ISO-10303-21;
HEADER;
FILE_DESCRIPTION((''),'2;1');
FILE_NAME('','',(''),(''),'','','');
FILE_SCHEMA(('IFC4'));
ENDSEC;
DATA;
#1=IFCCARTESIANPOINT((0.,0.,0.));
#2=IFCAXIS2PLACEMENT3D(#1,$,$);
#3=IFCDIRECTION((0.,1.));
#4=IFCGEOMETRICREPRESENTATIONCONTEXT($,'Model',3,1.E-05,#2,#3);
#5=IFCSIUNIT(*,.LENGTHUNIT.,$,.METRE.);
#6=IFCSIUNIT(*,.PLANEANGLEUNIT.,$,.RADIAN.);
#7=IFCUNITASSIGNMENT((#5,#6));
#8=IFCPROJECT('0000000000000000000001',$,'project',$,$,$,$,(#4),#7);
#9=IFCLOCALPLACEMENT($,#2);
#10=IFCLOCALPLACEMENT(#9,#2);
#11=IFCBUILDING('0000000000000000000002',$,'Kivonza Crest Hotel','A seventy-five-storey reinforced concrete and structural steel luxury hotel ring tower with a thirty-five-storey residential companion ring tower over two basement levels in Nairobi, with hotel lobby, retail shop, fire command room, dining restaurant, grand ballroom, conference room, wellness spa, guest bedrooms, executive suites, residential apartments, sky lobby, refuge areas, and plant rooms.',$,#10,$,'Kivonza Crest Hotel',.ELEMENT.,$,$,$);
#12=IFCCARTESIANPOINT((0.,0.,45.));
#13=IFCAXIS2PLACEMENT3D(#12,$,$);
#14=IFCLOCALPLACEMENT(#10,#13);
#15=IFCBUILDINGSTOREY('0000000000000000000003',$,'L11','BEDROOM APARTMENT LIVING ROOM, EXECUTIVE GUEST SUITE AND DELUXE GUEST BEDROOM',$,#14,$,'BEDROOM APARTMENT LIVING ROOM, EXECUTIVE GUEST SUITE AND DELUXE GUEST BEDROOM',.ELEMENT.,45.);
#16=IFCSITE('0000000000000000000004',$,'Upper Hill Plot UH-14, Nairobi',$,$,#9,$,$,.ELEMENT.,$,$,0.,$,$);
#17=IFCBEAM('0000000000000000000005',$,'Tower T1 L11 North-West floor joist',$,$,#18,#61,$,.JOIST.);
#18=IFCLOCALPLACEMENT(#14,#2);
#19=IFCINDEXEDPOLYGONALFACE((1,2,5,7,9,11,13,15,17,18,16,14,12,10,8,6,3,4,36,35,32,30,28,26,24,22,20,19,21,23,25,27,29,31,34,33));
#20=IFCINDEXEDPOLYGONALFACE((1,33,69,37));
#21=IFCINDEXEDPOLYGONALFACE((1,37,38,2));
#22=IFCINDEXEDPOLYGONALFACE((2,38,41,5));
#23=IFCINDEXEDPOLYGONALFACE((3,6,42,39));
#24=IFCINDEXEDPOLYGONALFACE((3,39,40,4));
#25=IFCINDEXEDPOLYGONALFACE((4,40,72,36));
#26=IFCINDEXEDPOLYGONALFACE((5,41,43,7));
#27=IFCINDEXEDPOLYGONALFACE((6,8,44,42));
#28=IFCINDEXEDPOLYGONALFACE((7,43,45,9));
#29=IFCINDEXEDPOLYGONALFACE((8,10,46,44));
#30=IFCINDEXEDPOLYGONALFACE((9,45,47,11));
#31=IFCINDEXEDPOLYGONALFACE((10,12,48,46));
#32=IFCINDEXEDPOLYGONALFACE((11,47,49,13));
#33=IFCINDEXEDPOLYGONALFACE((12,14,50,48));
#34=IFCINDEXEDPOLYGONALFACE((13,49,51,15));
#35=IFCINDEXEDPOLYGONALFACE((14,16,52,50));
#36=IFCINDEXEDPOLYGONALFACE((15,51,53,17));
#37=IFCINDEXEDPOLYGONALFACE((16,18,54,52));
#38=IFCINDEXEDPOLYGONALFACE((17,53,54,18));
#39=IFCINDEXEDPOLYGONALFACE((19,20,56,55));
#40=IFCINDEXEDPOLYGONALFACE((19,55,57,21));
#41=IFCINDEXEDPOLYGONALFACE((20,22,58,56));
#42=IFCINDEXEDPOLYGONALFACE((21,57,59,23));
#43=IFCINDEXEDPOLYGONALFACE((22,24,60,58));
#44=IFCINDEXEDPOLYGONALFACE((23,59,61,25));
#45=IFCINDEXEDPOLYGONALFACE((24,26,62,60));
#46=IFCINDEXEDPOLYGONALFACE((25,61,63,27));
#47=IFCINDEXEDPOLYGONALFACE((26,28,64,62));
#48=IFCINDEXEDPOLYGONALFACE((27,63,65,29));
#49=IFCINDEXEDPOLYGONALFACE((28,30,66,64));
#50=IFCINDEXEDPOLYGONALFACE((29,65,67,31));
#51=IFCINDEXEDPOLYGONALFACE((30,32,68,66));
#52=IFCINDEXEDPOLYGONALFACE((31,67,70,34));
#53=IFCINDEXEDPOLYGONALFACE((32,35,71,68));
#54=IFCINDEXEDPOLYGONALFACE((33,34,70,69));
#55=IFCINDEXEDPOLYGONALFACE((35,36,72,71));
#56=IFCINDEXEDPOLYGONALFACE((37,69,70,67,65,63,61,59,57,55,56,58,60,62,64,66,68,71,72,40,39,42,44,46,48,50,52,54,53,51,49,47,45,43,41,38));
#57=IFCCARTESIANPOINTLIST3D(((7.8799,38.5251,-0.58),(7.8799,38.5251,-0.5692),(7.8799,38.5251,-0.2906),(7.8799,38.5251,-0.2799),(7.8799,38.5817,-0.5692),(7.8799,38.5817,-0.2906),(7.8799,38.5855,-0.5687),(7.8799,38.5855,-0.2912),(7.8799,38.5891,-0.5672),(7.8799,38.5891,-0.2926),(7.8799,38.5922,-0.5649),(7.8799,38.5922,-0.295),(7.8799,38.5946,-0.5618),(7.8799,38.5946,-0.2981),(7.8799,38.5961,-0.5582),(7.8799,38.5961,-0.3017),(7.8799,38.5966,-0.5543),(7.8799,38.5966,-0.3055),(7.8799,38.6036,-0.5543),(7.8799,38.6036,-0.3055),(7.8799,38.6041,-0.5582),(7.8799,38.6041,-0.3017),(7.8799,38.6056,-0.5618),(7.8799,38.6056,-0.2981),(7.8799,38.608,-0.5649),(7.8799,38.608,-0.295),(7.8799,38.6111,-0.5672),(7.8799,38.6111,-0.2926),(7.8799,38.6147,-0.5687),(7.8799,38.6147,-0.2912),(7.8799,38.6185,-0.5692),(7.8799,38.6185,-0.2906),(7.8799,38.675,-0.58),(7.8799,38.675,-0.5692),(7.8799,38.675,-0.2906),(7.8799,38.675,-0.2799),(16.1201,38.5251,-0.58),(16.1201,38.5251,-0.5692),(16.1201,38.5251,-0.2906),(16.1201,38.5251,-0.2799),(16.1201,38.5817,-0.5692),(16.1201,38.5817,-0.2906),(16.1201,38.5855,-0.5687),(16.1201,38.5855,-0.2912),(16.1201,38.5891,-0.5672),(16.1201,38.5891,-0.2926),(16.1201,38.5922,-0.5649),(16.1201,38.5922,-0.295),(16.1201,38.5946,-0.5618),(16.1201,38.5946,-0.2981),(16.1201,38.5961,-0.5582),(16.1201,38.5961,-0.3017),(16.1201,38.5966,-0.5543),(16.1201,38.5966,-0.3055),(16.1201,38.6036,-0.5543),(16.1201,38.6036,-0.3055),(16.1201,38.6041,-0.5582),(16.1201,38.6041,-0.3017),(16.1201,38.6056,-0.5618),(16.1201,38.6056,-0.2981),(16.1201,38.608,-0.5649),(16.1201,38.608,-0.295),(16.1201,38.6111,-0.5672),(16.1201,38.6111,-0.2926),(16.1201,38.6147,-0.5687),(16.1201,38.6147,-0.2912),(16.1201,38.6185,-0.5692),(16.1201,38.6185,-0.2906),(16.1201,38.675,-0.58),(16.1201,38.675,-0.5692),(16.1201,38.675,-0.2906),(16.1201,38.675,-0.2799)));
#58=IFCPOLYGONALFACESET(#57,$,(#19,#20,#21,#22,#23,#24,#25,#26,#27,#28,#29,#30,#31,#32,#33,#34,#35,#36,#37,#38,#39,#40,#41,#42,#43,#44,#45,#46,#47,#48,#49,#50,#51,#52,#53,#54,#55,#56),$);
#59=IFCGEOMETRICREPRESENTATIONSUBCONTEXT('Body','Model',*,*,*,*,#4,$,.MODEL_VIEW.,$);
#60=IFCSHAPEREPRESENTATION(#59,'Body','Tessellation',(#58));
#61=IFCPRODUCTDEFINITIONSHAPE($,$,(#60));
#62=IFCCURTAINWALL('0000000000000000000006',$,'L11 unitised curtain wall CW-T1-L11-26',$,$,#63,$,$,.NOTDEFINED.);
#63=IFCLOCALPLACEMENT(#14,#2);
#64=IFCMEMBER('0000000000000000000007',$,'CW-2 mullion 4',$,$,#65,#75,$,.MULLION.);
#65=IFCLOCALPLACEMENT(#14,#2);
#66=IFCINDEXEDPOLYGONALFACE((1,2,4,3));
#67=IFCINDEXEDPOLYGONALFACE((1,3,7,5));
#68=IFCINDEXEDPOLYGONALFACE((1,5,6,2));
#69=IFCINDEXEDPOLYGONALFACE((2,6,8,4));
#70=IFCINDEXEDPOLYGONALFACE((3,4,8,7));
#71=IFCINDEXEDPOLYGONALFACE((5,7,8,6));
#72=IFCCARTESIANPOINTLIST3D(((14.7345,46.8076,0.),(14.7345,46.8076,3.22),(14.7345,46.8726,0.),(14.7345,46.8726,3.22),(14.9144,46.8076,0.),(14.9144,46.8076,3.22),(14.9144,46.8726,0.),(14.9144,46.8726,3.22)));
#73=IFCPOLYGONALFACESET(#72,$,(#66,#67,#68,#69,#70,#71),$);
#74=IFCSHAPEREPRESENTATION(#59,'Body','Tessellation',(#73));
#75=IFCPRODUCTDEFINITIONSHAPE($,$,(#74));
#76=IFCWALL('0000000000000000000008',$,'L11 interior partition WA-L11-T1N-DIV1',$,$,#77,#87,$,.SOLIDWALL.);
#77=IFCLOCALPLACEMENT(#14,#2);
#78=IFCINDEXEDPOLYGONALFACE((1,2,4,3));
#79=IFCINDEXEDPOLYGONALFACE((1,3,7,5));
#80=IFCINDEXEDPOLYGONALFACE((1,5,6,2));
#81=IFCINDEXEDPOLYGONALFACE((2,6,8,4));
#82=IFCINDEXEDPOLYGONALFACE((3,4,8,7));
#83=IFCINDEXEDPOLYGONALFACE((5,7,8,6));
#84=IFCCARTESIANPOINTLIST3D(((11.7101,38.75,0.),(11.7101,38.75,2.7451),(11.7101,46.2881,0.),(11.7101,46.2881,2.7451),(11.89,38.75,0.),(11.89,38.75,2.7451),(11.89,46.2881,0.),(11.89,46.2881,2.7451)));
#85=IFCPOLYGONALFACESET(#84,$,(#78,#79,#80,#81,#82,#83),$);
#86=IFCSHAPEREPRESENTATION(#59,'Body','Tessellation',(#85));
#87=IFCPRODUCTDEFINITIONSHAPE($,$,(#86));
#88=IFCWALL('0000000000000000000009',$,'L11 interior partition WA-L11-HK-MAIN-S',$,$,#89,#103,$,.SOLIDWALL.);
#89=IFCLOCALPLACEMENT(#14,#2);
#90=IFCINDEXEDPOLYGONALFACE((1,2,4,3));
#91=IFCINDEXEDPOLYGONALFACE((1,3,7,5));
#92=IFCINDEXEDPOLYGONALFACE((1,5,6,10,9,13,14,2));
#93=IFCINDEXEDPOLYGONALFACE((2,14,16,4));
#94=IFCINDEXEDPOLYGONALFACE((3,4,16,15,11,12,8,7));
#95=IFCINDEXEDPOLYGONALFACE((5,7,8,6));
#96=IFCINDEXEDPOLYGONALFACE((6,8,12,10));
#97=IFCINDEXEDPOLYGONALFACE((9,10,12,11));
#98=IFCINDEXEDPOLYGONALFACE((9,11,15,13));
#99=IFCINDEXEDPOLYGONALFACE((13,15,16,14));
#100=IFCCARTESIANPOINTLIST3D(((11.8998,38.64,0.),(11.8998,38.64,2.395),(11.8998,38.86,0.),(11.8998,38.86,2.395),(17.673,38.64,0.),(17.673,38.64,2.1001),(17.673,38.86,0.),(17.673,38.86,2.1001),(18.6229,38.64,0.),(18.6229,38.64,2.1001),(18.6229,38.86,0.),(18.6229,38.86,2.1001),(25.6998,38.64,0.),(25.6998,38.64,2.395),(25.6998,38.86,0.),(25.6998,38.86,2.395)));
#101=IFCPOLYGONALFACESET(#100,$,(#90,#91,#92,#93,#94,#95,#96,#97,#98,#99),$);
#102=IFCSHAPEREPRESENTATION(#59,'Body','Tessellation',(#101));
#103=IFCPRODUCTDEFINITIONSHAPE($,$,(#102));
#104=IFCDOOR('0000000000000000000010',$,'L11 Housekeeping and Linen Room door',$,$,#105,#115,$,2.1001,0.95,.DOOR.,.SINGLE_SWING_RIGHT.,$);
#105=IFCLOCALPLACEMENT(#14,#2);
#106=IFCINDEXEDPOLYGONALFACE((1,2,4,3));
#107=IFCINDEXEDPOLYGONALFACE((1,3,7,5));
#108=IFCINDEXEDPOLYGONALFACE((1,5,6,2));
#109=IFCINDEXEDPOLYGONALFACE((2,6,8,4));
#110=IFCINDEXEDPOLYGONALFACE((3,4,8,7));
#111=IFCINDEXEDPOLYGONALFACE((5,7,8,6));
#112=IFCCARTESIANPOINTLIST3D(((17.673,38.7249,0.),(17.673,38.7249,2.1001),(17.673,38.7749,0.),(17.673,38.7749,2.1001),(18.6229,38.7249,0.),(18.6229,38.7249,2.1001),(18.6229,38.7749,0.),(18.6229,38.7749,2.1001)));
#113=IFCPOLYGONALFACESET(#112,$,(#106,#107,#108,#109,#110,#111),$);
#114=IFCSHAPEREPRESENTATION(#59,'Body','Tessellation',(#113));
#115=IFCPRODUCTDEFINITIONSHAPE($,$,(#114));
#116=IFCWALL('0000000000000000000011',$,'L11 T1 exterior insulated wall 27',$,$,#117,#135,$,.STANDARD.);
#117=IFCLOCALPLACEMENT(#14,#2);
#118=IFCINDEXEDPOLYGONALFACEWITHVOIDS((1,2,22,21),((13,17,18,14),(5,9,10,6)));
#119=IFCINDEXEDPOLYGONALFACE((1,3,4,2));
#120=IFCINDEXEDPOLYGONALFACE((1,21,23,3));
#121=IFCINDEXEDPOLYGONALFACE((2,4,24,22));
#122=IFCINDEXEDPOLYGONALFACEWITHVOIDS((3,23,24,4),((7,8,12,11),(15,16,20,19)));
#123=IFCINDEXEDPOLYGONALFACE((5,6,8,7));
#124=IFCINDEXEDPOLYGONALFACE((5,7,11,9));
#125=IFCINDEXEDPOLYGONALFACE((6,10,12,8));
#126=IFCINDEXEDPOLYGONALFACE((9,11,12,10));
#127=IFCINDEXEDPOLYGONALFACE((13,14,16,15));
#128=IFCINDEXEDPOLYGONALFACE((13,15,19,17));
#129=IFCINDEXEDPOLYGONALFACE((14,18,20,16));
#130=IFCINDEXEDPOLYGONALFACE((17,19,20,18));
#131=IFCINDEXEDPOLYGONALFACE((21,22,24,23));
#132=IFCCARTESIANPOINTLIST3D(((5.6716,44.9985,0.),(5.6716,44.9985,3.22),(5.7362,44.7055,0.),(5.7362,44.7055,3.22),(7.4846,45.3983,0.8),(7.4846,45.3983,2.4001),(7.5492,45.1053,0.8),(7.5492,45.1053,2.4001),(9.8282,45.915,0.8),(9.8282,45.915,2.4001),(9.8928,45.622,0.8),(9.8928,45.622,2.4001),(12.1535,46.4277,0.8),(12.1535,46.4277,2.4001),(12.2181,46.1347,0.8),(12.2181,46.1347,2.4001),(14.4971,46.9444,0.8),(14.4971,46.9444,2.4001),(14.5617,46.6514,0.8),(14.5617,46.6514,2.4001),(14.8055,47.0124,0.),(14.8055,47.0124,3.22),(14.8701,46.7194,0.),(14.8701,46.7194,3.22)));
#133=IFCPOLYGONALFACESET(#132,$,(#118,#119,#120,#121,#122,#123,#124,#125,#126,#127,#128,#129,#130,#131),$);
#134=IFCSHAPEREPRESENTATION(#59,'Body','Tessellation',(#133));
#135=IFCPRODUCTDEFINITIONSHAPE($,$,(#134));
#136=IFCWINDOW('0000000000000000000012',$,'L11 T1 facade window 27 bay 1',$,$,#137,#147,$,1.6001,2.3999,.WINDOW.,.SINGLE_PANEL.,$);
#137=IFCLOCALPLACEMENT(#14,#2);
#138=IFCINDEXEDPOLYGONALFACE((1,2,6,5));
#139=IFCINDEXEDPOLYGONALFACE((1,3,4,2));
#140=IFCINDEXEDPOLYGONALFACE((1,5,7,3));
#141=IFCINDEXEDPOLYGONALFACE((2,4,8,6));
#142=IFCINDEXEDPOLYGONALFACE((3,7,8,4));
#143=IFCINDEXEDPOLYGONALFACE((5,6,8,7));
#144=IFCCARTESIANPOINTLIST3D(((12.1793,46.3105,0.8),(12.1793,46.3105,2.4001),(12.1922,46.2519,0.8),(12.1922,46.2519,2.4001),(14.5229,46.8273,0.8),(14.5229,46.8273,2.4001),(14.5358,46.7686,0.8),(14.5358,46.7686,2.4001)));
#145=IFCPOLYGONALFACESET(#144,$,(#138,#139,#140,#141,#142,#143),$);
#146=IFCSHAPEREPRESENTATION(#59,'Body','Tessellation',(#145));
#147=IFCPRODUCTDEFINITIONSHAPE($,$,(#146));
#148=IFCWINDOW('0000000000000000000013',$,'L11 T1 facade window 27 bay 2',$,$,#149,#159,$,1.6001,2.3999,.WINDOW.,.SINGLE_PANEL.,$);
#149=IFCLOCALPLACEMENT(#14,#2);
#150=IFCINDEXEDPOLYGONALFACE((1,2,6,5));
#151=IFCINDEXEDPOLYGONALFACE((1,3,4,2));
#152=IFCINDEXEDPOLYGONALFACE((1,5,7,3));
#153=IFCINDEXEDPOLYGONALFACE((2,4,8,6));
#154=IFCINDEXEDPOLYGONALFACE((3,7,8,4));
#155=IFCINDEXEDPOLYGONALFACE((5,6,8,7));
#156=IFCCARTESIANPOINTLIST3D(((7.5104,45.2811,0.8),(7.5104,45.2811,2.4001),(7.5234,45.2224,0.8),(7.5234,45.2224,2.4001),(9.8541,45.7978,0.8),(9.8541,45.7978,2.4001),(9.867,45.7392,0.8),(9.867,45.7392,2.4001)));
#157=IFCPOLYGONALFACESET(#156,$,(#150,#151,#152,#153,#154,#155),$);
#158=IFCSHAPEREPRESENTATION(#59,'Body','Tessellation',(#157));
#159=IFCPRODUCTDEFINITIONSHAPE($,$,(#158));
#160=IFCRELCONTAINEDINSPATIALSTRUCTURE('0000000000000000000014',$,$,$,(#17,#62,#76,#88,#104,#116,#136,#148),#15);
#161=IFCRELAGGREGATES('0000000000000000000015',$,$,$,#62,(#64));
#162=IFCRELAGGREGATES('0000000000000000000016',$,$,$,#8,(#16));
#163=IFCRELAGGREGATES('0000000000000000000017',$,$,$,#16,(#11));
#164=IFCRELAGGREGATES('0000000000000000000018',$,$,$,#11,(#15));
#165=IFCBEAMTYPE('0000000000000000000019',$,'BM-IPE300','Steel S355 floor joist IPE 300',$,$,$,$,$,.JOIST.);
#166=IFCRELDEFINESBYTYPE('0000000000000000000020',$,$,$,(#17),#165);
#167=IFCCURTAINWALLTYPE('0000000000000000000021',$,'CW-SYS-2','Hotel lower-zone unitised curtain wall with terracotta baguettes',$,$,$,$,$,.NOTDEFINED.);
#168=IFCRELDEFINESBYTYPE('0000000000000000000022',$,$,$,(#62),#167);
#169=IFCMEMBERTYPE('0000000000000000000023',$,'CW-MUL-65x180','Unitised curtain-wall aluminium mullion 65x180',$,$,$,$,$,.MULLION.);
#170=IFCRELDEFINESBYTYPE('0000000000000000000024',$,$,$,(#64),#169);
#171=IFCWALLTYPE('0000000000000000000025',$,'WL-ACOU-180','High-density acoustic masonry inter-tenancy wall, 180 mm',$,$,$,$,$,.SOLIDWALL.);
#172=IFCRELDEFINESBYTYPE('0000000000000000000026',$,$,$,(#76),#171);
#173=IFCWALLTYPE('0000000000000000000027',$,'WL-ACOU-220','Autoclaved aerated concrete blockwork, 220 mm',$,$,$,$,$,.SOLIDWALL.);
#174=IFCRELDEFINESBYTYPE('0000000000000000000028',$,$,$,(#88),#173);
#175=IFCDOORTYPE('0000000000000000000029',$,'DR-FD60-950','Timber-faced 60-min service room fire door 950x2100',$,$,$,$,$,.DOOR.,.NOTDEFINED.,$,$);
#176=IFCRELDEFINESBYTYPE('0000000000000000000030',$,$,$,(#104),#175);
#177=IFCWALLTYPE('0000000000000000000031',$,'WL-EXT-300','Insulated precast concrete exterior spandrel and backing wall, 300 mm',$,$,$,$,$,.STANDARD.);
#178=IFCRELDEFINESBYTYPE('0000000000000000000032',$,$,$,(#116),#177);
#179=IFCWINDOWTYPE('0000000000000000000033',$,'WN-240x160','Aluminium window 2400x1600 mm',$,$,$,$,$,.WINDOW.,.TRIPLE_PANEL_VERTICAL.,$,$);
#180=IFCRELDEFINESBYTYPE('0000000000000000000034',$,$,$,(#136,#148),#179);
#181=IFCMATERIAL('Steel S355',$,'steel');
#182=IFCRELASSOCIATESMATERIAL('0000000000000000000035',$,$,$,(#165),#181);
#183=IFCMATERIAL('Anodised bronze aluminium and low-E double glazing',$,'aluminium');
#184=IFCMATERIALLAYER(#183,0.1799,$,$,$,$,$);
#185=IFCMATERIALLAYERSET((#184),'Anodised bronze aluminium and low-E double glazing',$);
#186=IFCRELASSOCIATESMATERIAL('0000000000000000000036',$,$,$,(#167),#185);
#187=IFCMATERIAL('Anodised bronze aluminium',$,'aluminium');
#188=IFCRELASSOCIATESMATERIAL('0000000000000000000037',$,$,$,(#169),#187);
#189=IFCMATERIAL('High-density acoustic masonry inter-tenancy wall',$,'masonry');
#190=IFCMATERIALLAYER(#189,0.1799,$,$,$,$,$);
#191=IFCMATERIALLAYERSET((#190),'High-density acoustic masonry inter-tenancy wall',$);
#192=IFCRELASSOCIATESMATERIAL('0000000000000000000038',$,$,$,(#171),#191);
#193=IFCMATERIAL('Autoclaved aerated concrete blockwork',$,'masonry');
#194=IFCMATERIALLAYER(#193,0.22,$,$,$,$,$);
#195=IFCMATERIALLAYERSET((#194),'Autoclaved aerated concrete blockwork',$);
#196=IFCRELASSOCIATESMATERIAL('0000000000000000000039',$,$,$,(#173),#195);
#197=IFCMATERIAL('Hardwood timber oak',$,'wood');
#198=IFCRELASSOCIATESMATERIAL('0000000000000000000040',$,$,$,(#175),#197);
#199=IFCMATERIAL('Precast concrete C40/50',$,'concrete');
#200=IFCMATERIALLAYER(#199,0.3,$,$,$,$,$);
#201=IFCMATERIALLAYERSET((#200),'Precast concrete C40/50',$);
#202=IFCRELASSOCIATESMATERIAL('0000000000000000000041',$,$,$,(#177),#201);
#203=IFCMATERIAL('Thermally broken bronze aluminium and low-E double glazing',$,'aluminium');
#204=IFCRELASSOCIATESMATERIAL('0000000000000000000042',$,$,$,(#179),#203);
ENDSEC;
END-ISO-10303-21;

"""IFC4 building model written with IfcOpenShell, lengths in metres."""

from ifc_helpers import new_model, si_unit, direction, frame, frame_2d, origin, origin_2d, place, context, subcontext, project, spatial, rectangle, i_section, extrude, material, layer, layer_set, material_profile, profile_set, type_object, element, fill, aggregate, save


model = new_model("IFC4")

# Units and contexts
model_context = context("Model", 3, precision=1e-05, world=origin(), true_north=direction((0.0, 1.0)))
body_context = subcontext(model_context, "Body", "Model", "MODEL_VIEW")
ifc_project = project(units=[si_unit("LENGTHUNIT", "METRE"), si_unit("PLANEANGLEUNIT", "RADIAN")], contexts=[model_context])

# Site, building, storey
site_placement = place(None, origin())
site = spatial("IfcSite", under=ifc_project, at=site_placement, Name="Upper Hill Plot UH-14, Nairobi", CompositionType="ELEMENT", RefElevation=0.0)
building_placement = place(site_placement, origin())
building = spatial("IfcBuilding", under=site, at=building_placement, Name="Kivonza Crest Hotel", Description="A seventy-five-storey reinforced concrete and structural steel luxury hotel ring tower with a thirty-five-storey residential companion ring tower over two basement levels in Nairobi, with hotel lobby, retail shop, fire command room, dining restaurant, grand ballroom, conference room, wellness spa, guest bedrooms, executive suites, residential apartments, sky lobby, refuge areas, and plant rooms.", LongName="Kivonza Crest Hotel", CompositionType="ELEMENT")
storey_placement = place(building_placement, frame((0.0, 0.0, 45.0)))
storey = spatial("IfcBuildingStorey", under=building, at=storey_placement, Name="L11", Description="BEDROOM APARTMENT LIVING ROOM, EXECUTIVE GUEST SUITE AND DELUXE GUEST BEDROOM", LongName="BEDROOM APARTMENT LIVING ROOM, EXECUTIVE GUEST SUITE AND DELUXE GUEST BEDROOM", CompositionType="ELEMENT", Elevation=45.0)

# Beam
ifc_material_1 = material(Name="Steel S355", Category="steel")
ifc_material_profile_1 = material_profile(ifc_material_1, i_section(OverallWidth=0.1499, OverallDepth=0.3, WebThickness=0.0071, FlangeThickness=0.0107, FilletRadius=0.0149, at=origin_2d()), Name="IPE 300")
ifc_profile_set_1 = profile_set([ifc_material_profile_1], Name="Steel S355")
beam_type_1 = type_object("IfcBeamType", Name="BM-IPE300", Description="Steel S355 floor joist IPE 300", PredefinedType="JOIST", material=ifc_profile_set_1)
beam_1_placement = place(storey_placement, frame((7.8799, 38.6001, -0.4299), z_axis=(1.0, 0.0, 0.0), x_axis=(0.0, 1.0, 0.0)))
element("IfcBeam", 1, at=beam_1_placement, inside=storey, type_object=beam_type_1, Name="Tower T1 L11 North-West floor joist", PredefinedType="JOIST", context=body_context, shape_type="SweptSolid", body=[
    extrude(i_section(OverallWidth=0.1499, OverallDepth=0.3, WebThickness=0.0071, FlangeThickness=0.0107, FilletRadius=0.0149, at=origin_2d()), origin(), (0.0, 0.0, 1.0), 8.2402),
])

# Curtain wall, member
ifc_material_2 = material(Name="Anodised bronze aluminium and low-E double glazing", Category="aluminium")
ifc_layer_1 = layer(ifc_material_2, 0.1799)
ifc_layer_set_1 = layer_set([ifc_layer_1], Name="Anodised bronze aluminium and low-E double glazing")
curtain_wall_type = type_object("IfcCurtainWallType", Name="CW-SYS-2", Description="Hotel lower-zone unitised curtain wall with terracotta baguettes", PredefinedType="NOTDEFINED", material=ifc_layer_set_1)
curtain_wall_placement = place(storey_placement, origin())
curtain_wall = element("IfcCurtainWall", 2, at=curtain_wall_placement, inside=storey, type_object=curtain_wall_type, Name="L11 unitised curtain wall CW-T1-L11-26", PredefinedType="NOTDEFINED")
ifc_material_3 = material(Name="Anodised bronze aluminium", Category="aluminium")
ifc_material_profile_2 = material_profile(ifc_material_3, rectangle(XDim=0.0649, YDim=0.1799, at=origin_2d()), Name="CW-M 65x180")
ifc_profile_set_2 = profile_set([ifc_material_profile_2], Name="Anodised bronze aluminium")
member_type = type_object("IfcMemberType", Name="CW-MUL-65x180", Description="Unitised curtain-wall aluminium mullion 65x180", PredefinedType="MULLION", material=ifc_profile_set_2)
member_placement = place(storey_placement, frame((14.8245, 46.8401, 0.0), z_axis=(0.0, 0.0, 1.0), x_axis=(0.0, -1.0, 0.0)))
member = element("IfcMember", 3, at=member_placement, type_object=member_type, Name="CW-2 mullion 4", PredefinedType="MULLION", context=body_context, shape_type="SweptSolid", body=[
    extrude(rectangle(XDim=0.0649, YDim=0.1799, at=origin_2d()), origin(), (0.0, 0.0, 1.0), 3.22),
])
aggregate(curtain_wall, [member])

# Wall
ifc_material_4 = material(Name="High-density acoustic masonry inter-tenancy wall", Category="masonry")
ifc_layer_2 = layer(ifc_material_4, 0.1799)
ifc_layer_set_2 = layer_set([ifc_layer_2], Name="High-density acoustic masonry inter-tenancy wall")
wall_type_1 = type_object("IfcWallType", Name="WL-ACOU-180", Description="High-density acoustic masonry inter-tenancy wall, 180 mm", PredefinedType="SOLIDWALL", material=ifc_layer_set_2)
wall_1_placement = place(storey_placement, frame((11.8, 38.75, 0.0), z_axis=(0.0, 0.0, 1.0), x_axis=(0.0, 1.0, 0.0)))
element("IfcWall", 4, at=wall_1_placement, inside=storey, type_object=wall_type_1, Name="L11 interior partition WA-L11-T1N-DIV1", PredefinedType="SOLIDWALL", context=body_context, shape_type="SweptSolid", body=[
    extrude(rectangle(XDim=7.5381, YDim=0.1799, at=frame_2d((3.769, 0.0))), origin(), (0.0, 0.0, 1.0), 2.7451),
])

# Wall, opening, door
ifc_material_5 = material(Name="Autoclaved aerated concrete blockwork", Category="masonry")
ifc_layer_3 = layer(ifc_material_5, 0.22)
ifc_layer_set_3 = layer_set([ifc_layer_3], Name="Autoclaved aerated concrete blockwork")
wall_type_2 = type_object("IfcWallType", Name="WL-ACOU-220", Description="Autoclaved aerated concrete blockwork, 220 mm", PredefinedType="SOLIDWALL", material=ifc_layer_set_3)
wall_2_placement = place(storey_placement, frame((11.8999, 38.75, 0.0), z_axis=(0.0, 0.0, 1.0), x_axis=(1.0, 0.0, 0.0)))
wall_2 = element("IfcWall", 5, at=wall_2_placement, inside=storey, type_object=wall_type_2, Name="L11 interior partition WA-L11-HK-MAIN-S", PredefinedType="SOLIDWALL", context=body_context, shape_type="SweptSolid", body=[
    extrude(rectangle(XDim=13.8, YDim=0.22, at=frame_2d((6.8999, 0.0))), origin(), (0.0, 0.0, 1.0), 2.395),
])
opening_1_placement = place(wall_2_placement, frame((5.7729, 0.0, 0.0)))
opening_1 = element("IfcOpeningElement", 6, at=opening_1_placement, cuts=wall_2, PredefinedType="OPENING", context=body_context, shape_type="SweptSolid", body=[
    extrude(rectangle(XDim=0.95, YDim=2.1001, at=frame_2d((0.4751, 1.05))), frame((0.0, 0.1201, 0.0), z_axis=(0.0, -1.0, 0.0), x_axis=(1.0, 0.0, 0.0)), (0.0, 0.0, 1.0), 0.24),
])
ifc_material_6 = material(Name="Hardwood timber oak", Category="wood")
door_type = type_object("IfcDoorType", Name="DR-FD60-950", Description="Timber-faced 60-min service room fire door 950x2100", OperationType="NOTDEFINED", PredefinedType="DOOR", material=ifc_material_6)
door_placement = place(opening_1_placement, origin())
door = element("IfcDoor", 7, at=door_placement, inside=storey, type_object=door_type, Name="L11 Housekeeping and Linen Room door", OperationType="SINGLE_SWING_RIGHT", OverallHeight=2.1001, OverallWidth=0.95, PredefinedType="DOOR", context=body_context, shape_type="SweptSolid", body=[
    extrude(rectangle(XDim=0.95, YDim=2.1001, at=frame_2d((0.4751, 1.05))), frame((0.0, 0.0249, 0.0), z_axis=(0.0, -1.0, 0.0), x_axis=(1.0, 0.0, 0.0)), (0.0, 0.0, 1.0), 0.05),
])
fill(opening_1, door)

# Wall, openings, windows
ifc_material_7 = material(Name="Precast concrete C40/50", Category="concrete")
ifc_layer_4 = layer(ifc_material_7, 0.3)
ifc_layer_set_4 = layer_set([ifc_layer_4], Name="Precast concrete C40/50")
wall_type_3 = type_object("IfcWallType", Name="WL-EXT-300", Description="Insulated precast concrete exterior spandrel and backing wall, 300 mm", PredefinedType="STANDARD", material=ifc_layer_set_4)
wall_3_placement = place(storey_placement, frame((14.8379, 46.866, 0.0), z_axis=(0.0, 0.0, 1.0), x_axis=(-0.976544, -0.215319, 0.0)))
wall_3 = element("IfcWall", 8, at=wall_3_placement, inside=storey, type_object=wall_type_3, Name="L11 T1 exterior insulated wall 27", PredefinedType="STANDARD", context=body_context, shape_type="SweptSolid", body=[
    extrude(rectangle(XDim=9.3533, YDim=0.3, at=frame_2d((4.6768, 0.0))), origin(), (0.0, 0.0, 1.0), 3.22),
])
opening_2_placement = place(wall_3_placement, frame((0.3159, 0.0, 0.8)))
opening_2 = element("IfcOpeningElement", 9, at=opening_2_placement, cuts=wall_3, PredefinedType="OPENING", context=body_context, shape_type="SweptSolid", body=[
    extrude(rectangle(XDim=2.3999, YDim=1.6001, at=frame_2d((1.2, 0.8))), frame((0.0, 0.1602, 0.0), z_axis=(0.0, -1.0, 0.0), x_axis=(1.0, 0.0, 0.0)), (0.0, 0.0, 1.0), 0.3201),
])
opening_3_placement = place(wall_3_placement, frame((5.0969, 0.0, 0.8)))
opening_3 = element("IfcOpeningElement", 10, at=opening_3_placement, cuts=wall_3, PredefinedType="OPENING", context=body_context, shape_type="SweptSolid", body=[
    extrude(rectangle(XDim=2.3999, YDim=1.6001, at=frame_2d((1.2, 0.8))), frame((0.0, 0.1602, 0.0), z_axis=(0.0, -1.0, 0.0), x_axis=(1.0, 0.0, 0.0)), (0.0, 0.0, 1.0), 0.3201),
])
ifc_material_8 = material(Name="Thermally broken bronze aluminium and low-E double glazing", Category="aluminium")
window_type = type_object("IfcWindowType", Name="WN-240x160", Description="Aluminium window 2400x1600 mm", PartitioningType="TRIPLE_PANEL_VERTICAL", PredefinedType="WINDOW", material=ifc_material_8)
window_1_placement = place(opening_2_placement, origin())
window_1 = element("IfcWindow", 11, at=window_1_placement, inside=storey, type_object=window_type, Name="L11 T1 facade window 27 bay 1", OverallHeight=1.6001, OverallWidth=2.3999, PartitioningType="SINGLE_PANEL", PredefinedType="WINDOW", context=body_context, shape_type="SweptSolid", body=[
    extrude(rectangle(XDim=2.3999, YDim=1.6001, at=frame_2d((1.2, 0.8))), frame((0.0, 0.03, 0.0), z_axis=(0.0, -1.0, 0.0), x_axis=(1.0, 0.0, 0.0)), (0.0, 0.0, 1.0), 0.0601),
])
fill(opening_2, window_1)
window_2_placement = place(opening_3_placement, origin())
window_2 = element("IfcWindow", 12, at=window_2_placement, inside=storey, type_object=window_type, Name="L11 T1 facade window 27 bay 2", OverallHeight=1.6001, OverallWidth=2.3999, PartitioningType="SINGLE_PANEL", PredefinedType="WINDOW", context=body_context, shape_type="SweptSolid", body=[
    extrude(rectangle(XDim=2.3999, YDim=1.6001, at=frame_2d((1.2, 0.8))), frame((0.0, 0.03, 0.0), z_axis=(0.0, -1.0, 0.0), x_axis=(1.0, 0.0, 0.0)), (0.0, 0.0, 1.0), 0.0601),
])
fill(opening_3, window_2)

save(model, "model.ifc")
